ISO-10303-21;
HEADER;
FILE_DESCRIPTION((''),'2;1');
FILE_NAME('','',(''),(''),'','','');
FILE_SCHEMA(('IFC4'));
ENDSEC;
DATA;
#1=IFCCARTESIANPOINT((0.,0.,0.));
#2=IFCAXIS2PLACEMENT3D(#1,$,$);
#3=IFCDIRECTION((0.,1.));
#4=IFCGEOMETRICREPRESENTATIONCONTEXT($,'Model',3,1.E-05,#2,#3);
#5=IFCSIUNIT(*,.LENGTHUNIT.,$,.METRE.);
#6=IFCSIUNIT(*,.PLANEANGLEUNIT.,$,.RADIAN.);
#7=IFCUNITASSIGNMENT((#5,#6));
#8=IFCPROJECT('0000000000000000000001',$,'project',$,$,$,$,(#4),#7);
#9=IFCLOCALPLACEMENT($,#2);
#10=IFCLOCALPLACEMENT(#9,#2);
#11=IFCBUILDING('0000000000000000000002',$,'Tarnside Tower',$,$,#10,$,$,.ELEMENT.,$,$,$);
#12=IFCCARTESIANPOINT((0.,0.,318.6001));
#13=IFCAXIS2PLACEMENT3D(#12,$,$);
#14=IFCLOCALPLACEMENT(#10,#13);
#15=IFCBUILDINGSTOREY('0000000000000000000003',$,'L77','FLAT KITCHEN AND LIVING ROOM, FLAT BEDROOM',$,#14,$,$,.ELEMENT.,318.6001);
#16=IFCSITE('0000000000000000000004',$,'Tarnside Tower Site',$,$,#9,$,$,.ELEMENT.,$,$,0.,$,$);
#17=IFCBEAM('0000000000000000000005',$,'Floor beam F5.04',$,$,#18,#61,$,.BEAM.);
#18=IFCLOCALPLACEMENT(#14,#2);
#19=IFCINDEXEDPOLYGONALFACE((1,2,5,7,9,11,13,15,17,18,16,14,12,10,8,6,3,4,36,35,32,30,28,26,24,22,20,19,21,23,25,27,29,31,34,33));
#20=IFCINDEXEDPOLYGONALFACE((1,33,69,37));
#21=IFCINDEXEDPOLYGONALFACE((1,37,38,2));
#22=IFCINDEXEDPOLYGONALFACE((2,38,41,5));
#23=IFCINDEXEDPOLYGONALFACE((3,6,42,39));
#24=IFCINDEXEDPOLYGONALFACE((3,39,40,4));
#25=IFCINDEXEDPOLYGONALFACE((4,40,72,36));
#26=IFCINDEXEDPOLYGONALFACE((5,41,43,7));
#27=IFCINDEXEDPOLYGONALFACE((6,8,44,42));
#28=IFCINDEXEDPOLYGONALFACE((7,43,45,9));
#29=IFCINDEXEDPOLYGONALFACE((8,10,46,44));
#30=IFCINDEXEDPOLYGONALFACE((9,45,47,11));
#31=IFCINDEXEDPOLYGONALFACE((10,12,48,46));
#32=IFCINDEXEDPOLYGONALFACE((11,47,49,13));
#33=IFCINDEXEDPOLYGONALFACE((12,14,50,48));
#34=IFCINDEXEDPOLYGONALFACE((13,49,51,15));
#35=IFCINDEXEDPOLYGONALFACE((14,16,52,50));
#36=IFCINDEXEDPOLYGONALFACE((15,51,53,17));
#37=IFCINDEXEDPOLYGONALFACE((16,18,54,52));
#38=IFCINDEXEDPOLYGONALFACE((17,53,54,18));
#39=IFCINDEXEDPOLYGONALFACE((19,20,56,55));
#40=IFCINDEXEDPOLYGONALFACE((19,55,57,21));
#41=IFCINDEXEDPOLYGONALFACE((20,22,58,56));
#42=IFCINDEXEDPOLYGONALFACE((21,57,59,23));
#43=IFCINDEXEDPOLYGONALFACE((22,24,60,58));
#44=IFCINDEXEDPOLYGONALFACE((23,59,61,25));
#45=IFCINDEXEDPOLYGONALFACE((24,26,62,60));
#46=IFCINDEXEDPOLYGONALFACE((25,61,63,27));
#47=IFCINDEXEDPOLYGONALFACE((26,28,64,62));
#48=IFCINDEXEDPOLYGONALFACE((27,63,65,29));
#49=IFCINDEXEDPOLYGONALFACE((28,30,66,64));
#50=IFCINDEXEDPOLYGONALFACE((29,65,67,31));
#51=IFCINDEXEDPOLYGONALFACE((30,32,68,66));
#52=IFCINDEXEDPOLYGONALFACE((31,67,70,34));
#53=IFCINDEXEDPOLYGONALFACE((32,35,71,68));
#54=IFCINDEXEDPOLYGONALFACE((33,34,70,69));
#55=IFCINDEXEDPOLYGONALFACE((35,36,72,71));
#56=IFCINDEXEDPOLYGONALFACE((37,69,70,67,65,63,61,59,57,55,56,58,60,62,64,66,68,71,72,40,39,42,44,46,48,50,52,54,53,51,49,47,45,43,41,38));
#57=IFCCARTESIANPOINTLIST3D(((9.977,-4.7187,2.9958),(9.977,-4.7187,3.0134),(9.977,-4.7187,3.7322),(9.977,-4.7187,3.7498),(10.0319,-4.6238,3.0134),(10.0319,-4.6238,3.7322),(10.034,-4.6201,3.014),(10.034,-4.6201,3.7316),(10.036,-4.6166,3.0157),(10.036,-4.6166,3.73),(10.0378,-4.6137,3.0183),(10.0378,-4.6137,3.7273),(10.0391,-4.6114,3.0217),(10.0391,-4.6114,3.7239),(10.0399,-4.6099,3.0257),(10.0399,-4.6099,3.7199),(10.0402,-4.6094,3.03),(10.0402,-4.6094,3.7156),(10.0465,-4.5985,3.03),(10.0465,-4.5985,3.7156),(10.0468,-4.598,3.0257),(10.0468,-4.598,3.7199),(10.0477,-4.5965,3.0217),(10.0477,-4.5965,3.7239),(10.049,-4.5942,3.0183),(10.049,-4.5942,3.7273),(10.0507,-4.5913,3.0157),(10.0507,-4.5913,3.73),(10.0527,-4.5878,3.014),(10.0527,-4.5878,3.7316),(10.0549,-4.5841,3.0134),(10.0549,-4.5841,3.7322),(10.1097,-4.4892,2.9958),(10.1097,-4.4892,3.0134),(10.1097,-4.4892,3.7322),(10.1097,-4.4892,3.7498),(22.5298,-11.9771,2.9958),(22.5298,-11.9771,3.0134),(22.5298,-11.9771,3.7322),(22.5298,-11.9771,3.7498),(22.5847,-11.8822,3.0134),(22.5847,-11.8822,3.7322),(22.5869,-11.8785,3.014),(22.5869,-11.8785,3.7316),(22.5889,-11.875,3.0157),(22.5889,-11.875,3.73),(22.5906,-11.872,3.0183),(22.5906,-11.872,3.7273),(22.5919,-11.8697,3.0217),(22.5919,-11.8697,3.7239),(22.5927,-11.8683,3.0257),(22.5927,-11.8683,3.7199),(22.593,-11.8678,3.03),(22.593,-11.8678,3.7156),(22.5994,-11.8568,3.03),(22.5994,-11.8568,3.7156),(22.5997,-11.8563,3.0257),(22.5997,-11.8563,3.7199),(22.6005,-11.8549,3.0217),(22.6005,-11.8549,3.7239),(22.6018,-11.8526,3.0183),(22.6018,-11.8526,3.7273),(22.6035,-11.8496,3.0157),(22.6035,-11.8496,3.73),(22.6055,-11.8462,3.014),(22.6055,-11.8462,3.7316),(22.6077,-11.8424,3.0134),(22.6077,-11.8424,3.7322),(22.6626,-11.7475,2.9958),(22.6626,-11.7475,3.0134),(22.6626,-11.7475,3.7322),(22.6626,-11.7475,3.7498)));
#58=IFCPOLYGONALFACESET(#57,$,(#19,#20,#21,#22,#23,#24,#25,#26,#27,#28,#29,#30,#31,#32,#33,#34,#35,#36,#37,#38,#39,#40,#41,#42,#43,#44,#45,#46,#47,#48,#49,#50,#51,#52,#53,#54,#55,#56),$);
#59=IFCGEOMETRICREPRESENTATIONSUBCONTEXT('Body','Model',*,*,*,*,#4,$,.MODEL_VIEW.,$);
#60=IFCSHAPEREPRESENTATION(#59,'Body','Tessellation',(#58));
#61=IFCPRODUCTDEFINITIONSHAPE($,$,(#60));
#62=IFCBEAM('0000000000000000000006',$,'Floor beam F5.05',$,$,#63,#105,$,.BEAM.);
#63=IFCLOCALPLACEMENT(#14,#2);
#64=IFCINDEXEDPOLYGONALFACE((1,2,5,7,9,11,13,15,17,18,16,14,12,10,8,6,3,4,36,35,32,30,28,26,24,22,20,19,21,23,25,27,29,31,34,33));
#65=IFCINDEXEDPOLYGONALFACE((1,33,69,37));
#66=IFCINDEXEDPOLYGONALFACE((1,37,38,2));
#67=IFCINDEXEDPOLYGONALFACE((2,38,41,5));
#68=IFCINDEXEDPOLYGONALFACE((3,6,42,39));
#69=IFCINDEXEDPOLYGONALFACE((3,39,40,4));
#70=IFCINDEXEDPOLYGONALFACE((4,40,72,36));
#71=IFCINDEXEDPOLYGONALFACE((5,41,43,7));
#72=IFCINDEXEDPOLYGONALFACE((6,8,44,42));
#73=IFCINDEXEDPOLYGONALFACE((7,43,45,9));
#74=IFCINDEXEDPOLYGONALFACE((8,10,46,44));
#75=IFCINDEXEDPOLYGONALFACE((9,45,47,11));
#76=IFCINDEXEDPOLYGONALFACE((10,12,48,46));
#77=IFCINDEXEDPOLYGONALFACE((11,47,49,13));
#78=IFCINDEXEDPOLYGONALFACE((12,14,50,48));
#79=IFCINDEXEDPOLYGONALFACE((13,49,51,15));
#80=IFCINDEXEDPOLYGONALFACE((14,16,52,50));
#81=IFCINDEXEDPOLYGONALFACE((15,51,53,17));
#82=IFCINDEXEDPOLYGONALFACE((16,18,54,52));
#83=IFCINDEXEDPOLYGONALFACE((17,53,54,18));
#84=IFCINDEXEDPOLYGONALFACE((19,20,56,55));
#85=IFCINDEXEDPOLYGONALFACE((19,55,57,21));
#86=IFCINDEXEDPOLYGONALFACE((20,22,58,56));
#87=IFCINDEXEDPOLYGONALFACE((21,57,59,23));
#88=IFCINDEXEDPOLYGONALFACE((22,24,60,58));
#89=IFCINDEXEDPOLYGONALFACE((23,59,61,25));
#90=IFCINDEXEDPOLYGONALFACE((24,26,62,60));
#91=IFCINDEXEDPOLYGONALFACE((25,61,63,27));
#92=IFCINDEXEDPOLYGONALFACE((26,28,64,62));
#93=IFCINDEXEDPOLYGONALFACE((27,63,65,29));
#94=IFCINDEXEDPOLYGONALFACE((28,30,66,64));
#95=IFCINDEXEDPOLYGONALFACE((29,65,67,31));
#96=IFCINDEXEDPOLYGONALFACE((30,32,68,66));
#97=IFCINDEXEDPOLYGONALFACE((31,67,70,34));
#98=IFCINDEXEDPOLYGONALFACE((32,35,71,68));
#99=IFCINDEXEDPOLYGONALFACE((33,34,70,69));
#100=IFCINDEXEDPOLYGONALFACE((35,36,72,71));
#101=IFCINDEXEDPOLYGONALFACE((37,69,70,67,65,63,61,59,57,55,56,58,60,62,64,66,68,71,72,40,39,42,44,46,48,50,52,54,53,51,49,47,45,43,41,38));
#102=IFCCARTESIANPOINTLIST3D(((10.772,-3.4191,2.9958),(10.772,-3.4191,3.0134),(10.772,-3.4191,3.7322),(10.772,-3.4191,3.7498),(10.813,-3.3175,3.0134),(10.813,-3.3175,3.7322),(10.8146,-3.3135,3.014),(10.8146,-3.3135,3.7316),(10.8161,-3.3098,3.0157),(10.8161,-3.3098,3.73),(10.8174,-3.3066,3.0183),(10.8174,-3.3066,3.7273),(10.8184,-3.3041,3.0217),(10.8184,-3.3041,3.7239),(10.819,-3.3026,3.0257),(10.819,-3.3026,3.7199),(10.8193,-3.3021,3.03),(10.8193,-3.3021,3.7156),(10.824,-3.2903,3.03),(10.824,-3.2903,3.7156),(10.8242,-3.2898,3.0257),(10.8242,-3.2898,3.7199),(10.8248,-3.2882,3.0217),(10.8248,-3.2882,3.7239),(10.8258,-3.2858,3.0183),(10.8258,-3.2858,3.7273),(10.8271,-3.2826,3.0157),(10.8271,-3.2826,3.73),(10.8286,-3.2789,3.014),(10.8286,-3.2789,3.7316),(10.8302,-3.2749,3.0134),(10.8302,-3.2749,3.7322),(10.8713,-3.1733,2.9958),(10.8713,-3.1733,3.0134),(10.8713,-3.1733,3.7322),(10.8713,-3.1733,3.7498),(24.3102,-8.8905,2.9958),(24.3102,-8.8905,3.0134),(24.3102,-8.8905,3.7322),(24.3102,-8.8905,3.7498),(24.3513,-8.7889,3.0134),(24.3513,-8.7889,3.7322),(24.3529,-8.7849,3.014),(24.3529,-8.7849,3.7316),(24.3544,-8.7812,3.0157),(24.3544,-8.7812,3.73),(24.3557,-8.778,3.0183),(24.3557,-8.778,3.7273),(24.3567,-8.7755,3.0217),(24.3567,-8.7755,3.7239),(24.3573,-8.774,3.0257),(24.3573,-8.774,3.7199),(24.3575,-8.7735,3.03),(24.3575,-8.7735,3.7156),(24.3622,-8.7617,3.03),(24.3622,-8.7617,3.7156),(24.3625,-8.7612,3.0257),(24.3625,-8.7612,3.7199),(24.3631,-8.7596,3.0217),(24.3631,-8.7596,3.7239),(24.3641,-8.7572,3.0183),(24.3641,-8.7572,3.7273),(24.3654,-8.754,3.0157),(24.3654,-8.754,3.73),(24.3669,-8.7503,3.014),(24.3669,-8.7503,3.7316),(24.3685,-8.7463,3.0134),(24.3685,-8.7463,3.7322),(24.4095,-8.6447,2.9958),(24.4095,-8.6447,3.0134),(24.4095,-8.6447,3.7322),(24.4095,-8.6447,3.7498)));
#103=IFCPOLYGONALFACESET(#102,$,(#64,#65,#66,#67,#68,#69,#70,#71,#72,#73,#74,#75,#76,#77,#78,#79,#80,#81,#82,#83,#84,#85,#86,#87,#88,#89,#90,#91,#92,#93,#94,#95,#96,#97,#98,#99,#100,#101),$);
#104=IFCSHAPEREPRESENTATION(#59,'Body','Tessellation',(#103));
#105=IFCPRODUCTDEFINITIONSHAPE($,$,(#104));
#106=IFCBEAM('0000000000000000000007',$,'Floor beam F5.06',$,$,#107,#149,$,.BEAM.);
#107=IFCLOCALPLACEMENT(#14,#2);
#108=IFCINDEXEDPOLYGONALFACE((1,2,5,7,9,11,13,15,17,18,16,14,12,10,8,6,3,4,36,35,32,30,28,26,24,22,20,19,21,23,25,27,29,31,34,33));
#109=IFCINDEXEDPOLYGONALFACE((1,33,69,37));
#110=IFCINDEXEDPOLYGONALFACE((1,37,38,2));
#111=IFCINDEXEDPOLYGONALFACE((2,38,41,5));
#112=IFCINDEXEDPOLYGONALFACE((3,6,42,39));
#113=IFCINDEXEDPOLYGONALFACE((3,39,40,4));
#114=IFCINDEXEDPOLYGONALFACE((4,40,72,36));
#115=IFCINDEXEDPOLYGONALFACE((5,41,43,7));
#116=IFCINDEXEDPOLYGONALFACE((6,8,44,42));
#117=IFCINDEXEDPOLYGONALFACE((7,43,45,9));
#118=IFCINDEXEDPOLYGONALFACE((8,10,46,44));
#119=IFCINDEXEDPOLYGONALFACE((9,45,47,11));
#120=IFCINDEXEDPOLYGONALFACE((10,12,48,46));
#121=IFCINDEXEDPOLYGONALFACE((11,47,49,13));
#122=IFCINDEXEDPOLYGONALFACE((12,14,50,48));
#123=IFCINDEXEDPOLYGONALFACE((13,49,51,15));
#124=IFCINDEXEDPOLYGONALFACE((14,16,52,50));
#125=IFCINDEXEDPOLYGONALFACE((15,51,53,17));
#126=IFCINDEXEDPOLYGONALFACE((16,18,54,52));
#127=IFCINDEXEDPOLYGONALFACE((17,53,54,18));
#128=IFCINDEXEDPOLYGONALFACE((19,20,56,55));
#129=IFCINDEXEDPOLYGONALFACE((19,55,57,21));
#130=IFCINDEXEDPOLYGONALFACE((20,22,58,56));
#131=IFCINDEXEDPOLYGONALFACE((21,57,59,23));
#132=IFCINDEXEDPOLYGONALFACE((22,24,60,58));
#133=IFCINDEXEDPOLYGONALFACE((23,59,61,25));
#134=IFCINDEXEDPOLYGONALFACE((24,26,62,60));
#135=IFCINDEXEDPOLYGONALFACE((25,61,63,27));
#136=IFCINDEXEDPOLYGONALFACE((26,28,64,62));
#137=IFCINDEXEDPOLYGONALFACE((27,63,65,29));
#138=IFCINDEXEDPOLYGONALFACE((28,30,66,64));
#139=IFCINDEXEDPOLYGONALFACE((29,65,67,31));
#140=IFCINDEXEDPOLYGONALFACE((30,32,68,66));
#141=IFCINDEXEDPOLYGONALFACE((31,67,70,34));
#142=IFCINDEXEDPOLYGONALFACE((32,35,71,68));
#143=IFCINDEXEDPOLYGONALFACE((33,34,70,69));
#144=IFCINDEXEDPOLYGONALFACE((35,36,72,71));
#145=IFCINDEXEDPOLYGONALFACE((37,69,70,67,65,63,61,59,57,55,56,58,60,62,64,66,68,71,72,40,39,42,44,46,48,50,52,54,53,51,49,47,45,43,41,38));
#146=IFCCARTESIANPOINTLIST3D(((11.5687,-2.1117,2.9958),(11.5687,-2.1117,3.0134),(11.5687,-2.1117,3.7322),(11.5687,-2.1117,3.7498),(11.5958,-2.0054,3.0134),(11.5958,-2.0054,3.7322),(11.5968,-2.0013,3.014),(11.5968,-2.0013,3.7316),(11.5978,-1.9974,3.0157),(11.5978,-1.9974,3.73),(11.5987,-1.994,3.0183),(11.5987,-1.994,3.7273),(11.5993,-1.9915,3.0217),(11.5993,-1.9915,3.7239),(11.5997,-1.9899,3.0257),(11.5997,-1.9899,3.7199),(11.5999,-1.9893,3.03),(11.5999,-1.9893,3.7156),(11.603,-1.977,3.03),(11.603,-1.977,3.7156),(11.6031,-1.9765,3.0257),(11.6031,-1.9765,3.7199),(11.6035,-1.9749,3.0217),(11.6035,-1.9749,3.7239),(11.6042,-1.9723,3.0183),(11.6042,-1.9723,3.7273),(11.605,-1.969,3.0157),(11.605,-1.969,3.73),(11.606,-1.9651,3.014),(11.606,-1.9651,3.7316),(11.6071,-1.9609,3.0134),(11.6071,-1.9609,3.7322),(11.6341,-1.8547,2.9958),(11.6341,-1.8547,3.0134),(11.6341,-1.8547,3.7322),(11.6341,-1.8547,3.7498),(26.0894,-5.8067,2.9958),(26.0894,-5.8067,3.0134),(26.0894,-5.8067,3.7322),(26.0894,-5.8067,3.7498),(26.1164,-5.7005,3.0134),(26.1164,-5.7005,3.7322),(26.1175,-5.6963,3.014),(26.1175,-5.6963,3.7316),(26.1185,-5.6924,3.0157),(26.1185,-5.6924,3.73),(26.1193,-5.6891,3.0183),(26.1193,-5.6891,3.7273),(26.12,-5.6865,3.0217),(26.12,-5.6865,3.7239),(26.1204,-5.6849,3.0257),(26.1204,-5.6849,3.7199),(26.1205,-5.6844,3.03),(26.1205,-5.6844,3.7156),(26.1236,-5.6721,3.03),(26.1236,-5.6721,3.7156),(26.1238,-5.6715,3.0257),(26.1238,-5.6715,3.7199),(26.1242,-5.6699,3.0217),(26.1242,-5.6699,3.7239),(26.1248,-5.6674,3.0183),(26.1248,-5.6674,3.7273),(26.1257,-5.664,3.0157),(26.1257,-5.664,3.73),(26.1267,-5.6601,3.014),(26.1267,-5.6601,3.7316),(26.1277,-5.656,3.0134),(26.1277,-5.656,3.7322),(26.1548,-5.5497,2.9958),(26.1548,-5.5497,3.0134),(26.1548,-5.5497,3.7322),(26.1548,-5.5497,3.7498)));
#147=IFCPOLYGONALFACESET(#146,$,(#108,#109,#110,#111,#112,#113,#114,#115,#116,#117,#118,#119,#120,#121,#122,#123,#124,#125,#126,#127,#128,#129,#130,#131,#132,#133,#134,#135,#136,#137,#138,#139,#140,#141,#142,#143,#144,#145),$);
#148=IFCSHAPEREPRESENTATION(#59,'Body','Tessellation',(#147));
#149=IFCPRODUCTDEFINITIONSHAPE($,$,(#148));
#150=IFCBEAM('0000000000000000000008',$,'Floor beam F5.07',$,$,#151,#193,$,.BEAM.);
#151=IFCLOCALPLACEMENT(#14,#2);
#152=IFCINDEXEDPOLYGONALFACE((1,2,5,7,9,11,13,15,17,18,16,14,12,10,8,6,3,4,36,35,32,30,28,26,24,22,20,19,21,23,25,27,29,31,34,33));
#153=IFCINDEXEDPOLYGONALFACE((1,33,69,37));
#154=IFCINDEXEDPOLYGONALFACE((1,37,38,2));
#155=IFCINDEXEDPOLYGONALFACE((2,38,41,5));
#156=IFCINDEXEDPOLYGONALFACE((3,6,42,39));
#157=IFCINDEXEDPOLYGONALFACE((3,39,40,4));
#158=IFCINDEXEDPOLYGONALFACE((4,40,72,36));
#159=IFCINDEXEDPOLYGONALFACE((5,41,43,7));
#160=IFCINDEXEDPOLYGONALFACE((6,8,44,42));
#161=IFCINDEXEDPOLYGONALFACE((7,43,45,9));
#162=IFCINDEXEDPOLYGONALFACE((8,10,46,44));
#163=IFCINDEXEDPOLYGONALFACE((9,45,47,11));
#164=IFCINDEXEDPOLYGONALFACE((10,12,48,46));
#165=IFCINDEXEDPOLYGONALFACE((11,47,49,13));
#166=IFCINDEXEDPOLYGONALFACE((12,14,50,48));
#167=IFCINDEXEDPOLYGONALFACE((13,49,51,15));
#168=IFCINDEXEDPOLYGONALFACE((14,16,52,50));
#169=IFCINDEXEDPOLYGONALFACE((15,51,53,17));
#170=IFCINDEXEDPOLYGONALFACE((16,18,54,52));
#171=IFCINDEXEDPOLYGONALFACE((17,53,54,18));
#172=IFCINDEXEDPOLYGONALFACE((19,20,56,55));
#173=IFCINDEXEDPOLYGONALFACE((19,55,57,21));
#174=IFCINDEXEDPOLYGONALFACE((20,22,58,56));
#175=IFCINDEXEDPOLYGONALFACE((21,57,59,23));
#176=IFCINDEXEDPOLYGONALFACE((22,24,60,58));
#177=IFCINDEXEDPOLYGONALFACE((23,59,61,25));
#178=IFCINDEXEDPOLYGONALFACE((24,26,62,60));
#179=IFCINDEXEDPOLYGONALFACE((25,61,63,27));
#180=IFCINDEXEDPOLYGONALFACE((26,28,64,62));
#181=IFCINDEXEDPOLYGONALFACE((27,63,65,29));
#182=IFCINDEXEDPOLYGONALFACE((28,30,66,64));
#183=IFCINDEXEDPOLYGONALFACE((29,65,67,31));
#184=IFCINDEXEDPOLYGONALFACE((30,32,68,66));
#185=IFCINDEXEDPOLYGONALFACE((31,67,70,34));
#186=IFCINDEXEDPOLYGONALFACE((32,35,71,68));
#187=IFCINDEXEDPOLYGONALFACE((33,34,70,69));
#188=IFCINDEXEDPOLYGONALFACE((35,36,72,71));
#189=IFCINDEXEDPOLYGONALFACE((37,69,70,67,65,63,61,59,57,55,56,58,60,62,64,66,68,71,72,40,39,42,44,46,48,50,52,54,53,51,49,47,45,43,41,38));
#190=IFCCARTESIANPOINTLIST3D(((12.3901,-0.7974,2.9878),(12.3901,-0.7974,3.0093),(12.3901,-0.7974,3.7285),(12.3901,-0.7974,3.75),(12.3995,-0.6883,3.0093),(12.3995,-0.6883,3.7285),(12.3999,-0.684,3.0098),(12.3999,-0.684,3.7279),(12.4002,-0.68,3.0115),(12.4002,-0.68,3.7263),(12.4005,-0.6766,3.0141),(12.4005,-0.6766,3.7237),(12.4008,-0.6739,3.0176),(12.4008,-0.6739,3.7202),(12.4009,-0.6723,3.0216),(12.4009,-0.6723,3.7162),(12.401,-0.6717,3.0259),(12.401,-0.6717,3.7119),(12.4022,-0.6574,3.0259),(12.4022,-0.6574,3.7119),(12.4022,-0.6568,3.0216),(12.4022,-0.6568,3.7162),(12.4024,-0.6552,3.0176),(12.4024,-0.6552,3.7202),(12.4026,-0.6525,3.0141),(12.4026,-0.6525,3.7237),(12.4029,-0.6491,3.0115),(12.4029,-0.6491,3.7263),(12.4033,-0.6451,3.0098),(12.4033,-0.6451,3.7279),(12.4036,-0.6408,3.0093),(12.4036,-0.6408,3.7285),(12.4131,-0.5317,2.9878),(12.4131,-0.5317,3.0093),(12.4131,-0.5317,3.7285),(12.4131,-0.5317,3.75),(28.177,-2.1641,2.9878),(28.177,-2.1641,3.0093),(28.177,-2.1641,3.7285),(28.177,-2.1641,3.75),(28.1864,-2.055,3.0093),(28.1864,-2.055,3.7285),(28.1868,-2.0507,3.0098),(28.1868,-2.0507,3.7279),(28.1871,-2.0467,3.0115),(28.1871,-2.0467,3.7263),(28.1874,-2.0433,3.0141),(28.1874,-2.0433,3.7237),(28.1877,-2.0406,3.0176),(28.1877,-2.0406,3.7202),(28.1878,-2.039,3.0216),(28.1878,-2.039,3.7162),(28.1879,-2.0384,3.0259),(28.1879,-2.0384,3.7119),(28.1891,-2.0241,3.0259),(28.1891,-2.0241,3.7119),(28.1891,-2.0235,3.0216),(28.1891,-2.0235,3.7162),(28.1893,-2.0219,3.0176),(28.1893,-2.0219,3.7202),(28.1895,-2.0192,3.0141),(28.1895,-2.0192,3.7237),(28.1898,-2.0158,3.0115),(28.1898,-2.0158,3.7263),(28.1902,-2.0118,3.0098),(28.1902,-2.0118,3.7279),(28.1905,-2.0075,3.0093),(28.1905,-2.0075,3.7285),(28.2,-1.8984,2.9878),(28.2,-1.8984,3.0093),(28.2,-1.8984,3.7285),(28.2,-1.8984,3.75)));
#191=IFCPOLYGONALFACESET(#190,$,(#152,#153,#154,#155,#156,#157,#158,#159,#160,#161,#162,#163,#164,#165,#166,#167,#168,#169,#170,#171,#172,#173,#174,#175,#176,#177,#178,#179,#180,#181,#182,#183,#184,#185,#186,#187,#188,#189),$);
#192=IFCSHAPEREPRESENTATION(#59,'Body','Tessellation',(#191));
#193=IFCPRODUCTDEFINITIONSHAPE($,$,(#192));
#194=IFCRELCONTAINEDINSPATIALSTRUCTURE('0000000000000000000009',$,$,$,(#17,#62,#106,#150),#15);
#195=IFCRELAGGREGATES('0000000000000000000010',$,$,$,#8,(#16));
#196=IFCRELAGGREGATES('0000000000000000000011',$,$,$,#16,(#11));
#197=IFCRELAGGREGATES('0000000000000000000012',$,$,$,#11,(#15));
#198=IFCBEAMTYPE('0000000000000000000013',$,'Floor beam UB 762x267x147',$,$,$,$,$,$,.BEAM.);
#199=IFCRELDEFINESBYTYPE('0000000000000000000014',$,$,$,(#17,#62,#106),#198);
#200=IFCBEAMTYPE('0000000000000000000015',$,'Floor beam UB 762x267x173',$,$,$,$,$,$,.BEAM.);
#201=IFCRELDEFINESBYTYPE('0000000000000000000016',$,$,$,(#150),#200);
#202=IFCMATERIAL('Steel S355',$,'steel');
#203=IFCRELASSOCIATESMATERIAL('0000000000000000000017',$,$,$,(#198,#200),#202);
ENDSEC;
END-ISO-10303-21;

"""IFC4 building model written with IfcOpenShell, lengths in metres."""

from ifc_helpers import new_model, si_unit, direction, frame, origin, origin_2d, place, context, subcontext, project, spatial, i_section, extrude, material, material_profile, profile_set, type_object, element, save


model = new_model("IFC4")

# Units and contexts
model_context = context("Model", 3, precision=1e-05, world=origin(), true_north=direction((0.0, 1.0)))
body_context = subcontext(model_context, "Body", "Model", "MODEL_VIEW")
ifc_project = project(units=[si_unit("LENGTHUNIT", "METRE"), si_unit("PLANEANGLEUNIT", "RADIAN")], contexts=[model_context])

# Site, building, storey
site_placement = place(None, origin())
site = spatial("IfcSite", under=ifc_project, at=site_placement, Name="Tarnside Tower Site", CompositionType="ELEMENT", RefElevation=0.0)
building_placement = place(site_placement, origin())
building = spatial("IfcBuilding", under=site, at=building_placement, Name="Tarnside Tower", CompositionType="ELEMENT")
storey_placement = place(building_placement, frame((0.0, 0.0, 318.6001)))
storey = spatial("IfcBuildingStorey", under=building, at=storey_placement, Name="L77", Description="FLAT KITCHEN AND LIVING ROOM, FLAT BEDROOM", CompositionType="ELEMENT", Elevation=318.6001)

# Beams
ifc_material_1 = material(Name="Steel S355", Category="steel")
ifc_material_profile_1 = material_profile(ifc_material_1, i_section(OverallWidth=0.2651, OverallDepth=0.7539, WebThickness=0.0127, FlangeThickness=0.0176, FilletRadius=0.0166, at=origin_2d()), Name="UB 762x267x147")
ifc_profile_set_1 = profile_set([ifc_material_profile_1], Name="Steel S355")
beam_type_1 = type_object("IfcBeamType", Name="Floor beam UB 762x267x147", PredefinedType="BEAM", material=ifc_profile_set_1)
beam_1_placement = place(storey_placement, frame((22.5962, -11.8623, 3.3728), z_axis=(-0.865697, 0.500568, 0.0), x_axis=(-0.500568, -0.865697, 0.0)))
element("IfcBeam", 1, at=beam_1_placement, inside=storey, type_object=beam_type_1, Name="Floor beam F5.04", PredefinedType="BEAM", context=body_context, shape_type="SweptSolid", body=[
    extrude(i_section(OverallWidth=0.2651, OverallDepth=0.7539, WebThickness=0.0127, FlangeThickness=0.0176, FilletRadius=0.0166, at=origin_2d()), origin(), (0.0, 0.0, 1.0), 14.5002),
])
beam_2_placement = place(storey_placement, frame((24.3599, -8.7676, 3.3728), z_axis=(-0.927146, 0.374701, 0.0), x_axis=(-0.374701, -0.927146, 0.0)))
element("IfcBeam", 2, at=beam_2_placement, inside=storey, type_object=beam_type_1, Name="Floor beam F5.05", PredefinedType="BEAM", context=body_context, shape_type="SweptSolid", body=[
    extrude(i_section(OverallWidth=0.2651, OverallDepth=0.7539, WebThickness=0.0127, FlangeThickness=0.0176, FilletRadius=0.0166, at=origin_2d()), origin(), (0.0, 0.0, 1.0), 14.6021),
])
beam_3_placement = place(storey_placement, frame((26.1221, -5.6782, 3.3728), z_axis=(-0.969115, 0.246609, 0.0), x_axis=(-0.246609, -0.969115, 0.0)))
element("IfcBeam", 3, at=beam_3_placement, inside=storey, type_object=beam_type_1, Name="Floor beam F5.06", PredefinedType="BEAM", context=body_context, shape_type="SweptSolid", body=[
    extrude(i_section(OverallWidth=0.2651, OverallDepth=0.7539, WebThickness=0.0127, FlangeThickness=0.0176, FilletRadius=0.0166, at=origin_2d()), origin(), (0.0, 0.0, 1.0), 14.9834),
])
ifc_material_profile_2 = material_profile(ifc_material_1, i_section(OverallWidth=0.2666, OverallDepth=0.7622, WebThickness=0.0144, FlangeThickness=0.0215, FilletRadius=0.0166, at=origin_2d()), Name="UB 762x267x173")
ifc_profile_set_2 = profile_set([ifc_material_profile_2], Name="Steel S355")
beam_type_2 = type_object("IfcBeamType", Name="Floor beam UB 762x267x173", PredefinedType="BEAM", material=ifc_profile_set_2)
beam_4_placement = place(storey_placement, frame((28.1885, -2.0312, 3.3689), z_axis=(-0.996274, 0.086249, 0.0), x_axis=(-0.086249, -0.996274, 0.0)))
element("IfcBeam", 4, at=beam_4_placement, inside=storey, type_object=beam_type_2, Name="Floor beam F5.07", PredefinedType="BEAM", context=body_context, shape_type="SweptSolid", body=[
    extrude(i_section(OverallWidth=0.2666, OverallDepth=0.7622, WebThickness=0.0144, FlangeThickness=0.0215, FilletRadius=0.0166, at=origin_2d()), origin(), (0.0, 0.0, 1.0), 15.8459),
])

save(model, "model.ifc")
